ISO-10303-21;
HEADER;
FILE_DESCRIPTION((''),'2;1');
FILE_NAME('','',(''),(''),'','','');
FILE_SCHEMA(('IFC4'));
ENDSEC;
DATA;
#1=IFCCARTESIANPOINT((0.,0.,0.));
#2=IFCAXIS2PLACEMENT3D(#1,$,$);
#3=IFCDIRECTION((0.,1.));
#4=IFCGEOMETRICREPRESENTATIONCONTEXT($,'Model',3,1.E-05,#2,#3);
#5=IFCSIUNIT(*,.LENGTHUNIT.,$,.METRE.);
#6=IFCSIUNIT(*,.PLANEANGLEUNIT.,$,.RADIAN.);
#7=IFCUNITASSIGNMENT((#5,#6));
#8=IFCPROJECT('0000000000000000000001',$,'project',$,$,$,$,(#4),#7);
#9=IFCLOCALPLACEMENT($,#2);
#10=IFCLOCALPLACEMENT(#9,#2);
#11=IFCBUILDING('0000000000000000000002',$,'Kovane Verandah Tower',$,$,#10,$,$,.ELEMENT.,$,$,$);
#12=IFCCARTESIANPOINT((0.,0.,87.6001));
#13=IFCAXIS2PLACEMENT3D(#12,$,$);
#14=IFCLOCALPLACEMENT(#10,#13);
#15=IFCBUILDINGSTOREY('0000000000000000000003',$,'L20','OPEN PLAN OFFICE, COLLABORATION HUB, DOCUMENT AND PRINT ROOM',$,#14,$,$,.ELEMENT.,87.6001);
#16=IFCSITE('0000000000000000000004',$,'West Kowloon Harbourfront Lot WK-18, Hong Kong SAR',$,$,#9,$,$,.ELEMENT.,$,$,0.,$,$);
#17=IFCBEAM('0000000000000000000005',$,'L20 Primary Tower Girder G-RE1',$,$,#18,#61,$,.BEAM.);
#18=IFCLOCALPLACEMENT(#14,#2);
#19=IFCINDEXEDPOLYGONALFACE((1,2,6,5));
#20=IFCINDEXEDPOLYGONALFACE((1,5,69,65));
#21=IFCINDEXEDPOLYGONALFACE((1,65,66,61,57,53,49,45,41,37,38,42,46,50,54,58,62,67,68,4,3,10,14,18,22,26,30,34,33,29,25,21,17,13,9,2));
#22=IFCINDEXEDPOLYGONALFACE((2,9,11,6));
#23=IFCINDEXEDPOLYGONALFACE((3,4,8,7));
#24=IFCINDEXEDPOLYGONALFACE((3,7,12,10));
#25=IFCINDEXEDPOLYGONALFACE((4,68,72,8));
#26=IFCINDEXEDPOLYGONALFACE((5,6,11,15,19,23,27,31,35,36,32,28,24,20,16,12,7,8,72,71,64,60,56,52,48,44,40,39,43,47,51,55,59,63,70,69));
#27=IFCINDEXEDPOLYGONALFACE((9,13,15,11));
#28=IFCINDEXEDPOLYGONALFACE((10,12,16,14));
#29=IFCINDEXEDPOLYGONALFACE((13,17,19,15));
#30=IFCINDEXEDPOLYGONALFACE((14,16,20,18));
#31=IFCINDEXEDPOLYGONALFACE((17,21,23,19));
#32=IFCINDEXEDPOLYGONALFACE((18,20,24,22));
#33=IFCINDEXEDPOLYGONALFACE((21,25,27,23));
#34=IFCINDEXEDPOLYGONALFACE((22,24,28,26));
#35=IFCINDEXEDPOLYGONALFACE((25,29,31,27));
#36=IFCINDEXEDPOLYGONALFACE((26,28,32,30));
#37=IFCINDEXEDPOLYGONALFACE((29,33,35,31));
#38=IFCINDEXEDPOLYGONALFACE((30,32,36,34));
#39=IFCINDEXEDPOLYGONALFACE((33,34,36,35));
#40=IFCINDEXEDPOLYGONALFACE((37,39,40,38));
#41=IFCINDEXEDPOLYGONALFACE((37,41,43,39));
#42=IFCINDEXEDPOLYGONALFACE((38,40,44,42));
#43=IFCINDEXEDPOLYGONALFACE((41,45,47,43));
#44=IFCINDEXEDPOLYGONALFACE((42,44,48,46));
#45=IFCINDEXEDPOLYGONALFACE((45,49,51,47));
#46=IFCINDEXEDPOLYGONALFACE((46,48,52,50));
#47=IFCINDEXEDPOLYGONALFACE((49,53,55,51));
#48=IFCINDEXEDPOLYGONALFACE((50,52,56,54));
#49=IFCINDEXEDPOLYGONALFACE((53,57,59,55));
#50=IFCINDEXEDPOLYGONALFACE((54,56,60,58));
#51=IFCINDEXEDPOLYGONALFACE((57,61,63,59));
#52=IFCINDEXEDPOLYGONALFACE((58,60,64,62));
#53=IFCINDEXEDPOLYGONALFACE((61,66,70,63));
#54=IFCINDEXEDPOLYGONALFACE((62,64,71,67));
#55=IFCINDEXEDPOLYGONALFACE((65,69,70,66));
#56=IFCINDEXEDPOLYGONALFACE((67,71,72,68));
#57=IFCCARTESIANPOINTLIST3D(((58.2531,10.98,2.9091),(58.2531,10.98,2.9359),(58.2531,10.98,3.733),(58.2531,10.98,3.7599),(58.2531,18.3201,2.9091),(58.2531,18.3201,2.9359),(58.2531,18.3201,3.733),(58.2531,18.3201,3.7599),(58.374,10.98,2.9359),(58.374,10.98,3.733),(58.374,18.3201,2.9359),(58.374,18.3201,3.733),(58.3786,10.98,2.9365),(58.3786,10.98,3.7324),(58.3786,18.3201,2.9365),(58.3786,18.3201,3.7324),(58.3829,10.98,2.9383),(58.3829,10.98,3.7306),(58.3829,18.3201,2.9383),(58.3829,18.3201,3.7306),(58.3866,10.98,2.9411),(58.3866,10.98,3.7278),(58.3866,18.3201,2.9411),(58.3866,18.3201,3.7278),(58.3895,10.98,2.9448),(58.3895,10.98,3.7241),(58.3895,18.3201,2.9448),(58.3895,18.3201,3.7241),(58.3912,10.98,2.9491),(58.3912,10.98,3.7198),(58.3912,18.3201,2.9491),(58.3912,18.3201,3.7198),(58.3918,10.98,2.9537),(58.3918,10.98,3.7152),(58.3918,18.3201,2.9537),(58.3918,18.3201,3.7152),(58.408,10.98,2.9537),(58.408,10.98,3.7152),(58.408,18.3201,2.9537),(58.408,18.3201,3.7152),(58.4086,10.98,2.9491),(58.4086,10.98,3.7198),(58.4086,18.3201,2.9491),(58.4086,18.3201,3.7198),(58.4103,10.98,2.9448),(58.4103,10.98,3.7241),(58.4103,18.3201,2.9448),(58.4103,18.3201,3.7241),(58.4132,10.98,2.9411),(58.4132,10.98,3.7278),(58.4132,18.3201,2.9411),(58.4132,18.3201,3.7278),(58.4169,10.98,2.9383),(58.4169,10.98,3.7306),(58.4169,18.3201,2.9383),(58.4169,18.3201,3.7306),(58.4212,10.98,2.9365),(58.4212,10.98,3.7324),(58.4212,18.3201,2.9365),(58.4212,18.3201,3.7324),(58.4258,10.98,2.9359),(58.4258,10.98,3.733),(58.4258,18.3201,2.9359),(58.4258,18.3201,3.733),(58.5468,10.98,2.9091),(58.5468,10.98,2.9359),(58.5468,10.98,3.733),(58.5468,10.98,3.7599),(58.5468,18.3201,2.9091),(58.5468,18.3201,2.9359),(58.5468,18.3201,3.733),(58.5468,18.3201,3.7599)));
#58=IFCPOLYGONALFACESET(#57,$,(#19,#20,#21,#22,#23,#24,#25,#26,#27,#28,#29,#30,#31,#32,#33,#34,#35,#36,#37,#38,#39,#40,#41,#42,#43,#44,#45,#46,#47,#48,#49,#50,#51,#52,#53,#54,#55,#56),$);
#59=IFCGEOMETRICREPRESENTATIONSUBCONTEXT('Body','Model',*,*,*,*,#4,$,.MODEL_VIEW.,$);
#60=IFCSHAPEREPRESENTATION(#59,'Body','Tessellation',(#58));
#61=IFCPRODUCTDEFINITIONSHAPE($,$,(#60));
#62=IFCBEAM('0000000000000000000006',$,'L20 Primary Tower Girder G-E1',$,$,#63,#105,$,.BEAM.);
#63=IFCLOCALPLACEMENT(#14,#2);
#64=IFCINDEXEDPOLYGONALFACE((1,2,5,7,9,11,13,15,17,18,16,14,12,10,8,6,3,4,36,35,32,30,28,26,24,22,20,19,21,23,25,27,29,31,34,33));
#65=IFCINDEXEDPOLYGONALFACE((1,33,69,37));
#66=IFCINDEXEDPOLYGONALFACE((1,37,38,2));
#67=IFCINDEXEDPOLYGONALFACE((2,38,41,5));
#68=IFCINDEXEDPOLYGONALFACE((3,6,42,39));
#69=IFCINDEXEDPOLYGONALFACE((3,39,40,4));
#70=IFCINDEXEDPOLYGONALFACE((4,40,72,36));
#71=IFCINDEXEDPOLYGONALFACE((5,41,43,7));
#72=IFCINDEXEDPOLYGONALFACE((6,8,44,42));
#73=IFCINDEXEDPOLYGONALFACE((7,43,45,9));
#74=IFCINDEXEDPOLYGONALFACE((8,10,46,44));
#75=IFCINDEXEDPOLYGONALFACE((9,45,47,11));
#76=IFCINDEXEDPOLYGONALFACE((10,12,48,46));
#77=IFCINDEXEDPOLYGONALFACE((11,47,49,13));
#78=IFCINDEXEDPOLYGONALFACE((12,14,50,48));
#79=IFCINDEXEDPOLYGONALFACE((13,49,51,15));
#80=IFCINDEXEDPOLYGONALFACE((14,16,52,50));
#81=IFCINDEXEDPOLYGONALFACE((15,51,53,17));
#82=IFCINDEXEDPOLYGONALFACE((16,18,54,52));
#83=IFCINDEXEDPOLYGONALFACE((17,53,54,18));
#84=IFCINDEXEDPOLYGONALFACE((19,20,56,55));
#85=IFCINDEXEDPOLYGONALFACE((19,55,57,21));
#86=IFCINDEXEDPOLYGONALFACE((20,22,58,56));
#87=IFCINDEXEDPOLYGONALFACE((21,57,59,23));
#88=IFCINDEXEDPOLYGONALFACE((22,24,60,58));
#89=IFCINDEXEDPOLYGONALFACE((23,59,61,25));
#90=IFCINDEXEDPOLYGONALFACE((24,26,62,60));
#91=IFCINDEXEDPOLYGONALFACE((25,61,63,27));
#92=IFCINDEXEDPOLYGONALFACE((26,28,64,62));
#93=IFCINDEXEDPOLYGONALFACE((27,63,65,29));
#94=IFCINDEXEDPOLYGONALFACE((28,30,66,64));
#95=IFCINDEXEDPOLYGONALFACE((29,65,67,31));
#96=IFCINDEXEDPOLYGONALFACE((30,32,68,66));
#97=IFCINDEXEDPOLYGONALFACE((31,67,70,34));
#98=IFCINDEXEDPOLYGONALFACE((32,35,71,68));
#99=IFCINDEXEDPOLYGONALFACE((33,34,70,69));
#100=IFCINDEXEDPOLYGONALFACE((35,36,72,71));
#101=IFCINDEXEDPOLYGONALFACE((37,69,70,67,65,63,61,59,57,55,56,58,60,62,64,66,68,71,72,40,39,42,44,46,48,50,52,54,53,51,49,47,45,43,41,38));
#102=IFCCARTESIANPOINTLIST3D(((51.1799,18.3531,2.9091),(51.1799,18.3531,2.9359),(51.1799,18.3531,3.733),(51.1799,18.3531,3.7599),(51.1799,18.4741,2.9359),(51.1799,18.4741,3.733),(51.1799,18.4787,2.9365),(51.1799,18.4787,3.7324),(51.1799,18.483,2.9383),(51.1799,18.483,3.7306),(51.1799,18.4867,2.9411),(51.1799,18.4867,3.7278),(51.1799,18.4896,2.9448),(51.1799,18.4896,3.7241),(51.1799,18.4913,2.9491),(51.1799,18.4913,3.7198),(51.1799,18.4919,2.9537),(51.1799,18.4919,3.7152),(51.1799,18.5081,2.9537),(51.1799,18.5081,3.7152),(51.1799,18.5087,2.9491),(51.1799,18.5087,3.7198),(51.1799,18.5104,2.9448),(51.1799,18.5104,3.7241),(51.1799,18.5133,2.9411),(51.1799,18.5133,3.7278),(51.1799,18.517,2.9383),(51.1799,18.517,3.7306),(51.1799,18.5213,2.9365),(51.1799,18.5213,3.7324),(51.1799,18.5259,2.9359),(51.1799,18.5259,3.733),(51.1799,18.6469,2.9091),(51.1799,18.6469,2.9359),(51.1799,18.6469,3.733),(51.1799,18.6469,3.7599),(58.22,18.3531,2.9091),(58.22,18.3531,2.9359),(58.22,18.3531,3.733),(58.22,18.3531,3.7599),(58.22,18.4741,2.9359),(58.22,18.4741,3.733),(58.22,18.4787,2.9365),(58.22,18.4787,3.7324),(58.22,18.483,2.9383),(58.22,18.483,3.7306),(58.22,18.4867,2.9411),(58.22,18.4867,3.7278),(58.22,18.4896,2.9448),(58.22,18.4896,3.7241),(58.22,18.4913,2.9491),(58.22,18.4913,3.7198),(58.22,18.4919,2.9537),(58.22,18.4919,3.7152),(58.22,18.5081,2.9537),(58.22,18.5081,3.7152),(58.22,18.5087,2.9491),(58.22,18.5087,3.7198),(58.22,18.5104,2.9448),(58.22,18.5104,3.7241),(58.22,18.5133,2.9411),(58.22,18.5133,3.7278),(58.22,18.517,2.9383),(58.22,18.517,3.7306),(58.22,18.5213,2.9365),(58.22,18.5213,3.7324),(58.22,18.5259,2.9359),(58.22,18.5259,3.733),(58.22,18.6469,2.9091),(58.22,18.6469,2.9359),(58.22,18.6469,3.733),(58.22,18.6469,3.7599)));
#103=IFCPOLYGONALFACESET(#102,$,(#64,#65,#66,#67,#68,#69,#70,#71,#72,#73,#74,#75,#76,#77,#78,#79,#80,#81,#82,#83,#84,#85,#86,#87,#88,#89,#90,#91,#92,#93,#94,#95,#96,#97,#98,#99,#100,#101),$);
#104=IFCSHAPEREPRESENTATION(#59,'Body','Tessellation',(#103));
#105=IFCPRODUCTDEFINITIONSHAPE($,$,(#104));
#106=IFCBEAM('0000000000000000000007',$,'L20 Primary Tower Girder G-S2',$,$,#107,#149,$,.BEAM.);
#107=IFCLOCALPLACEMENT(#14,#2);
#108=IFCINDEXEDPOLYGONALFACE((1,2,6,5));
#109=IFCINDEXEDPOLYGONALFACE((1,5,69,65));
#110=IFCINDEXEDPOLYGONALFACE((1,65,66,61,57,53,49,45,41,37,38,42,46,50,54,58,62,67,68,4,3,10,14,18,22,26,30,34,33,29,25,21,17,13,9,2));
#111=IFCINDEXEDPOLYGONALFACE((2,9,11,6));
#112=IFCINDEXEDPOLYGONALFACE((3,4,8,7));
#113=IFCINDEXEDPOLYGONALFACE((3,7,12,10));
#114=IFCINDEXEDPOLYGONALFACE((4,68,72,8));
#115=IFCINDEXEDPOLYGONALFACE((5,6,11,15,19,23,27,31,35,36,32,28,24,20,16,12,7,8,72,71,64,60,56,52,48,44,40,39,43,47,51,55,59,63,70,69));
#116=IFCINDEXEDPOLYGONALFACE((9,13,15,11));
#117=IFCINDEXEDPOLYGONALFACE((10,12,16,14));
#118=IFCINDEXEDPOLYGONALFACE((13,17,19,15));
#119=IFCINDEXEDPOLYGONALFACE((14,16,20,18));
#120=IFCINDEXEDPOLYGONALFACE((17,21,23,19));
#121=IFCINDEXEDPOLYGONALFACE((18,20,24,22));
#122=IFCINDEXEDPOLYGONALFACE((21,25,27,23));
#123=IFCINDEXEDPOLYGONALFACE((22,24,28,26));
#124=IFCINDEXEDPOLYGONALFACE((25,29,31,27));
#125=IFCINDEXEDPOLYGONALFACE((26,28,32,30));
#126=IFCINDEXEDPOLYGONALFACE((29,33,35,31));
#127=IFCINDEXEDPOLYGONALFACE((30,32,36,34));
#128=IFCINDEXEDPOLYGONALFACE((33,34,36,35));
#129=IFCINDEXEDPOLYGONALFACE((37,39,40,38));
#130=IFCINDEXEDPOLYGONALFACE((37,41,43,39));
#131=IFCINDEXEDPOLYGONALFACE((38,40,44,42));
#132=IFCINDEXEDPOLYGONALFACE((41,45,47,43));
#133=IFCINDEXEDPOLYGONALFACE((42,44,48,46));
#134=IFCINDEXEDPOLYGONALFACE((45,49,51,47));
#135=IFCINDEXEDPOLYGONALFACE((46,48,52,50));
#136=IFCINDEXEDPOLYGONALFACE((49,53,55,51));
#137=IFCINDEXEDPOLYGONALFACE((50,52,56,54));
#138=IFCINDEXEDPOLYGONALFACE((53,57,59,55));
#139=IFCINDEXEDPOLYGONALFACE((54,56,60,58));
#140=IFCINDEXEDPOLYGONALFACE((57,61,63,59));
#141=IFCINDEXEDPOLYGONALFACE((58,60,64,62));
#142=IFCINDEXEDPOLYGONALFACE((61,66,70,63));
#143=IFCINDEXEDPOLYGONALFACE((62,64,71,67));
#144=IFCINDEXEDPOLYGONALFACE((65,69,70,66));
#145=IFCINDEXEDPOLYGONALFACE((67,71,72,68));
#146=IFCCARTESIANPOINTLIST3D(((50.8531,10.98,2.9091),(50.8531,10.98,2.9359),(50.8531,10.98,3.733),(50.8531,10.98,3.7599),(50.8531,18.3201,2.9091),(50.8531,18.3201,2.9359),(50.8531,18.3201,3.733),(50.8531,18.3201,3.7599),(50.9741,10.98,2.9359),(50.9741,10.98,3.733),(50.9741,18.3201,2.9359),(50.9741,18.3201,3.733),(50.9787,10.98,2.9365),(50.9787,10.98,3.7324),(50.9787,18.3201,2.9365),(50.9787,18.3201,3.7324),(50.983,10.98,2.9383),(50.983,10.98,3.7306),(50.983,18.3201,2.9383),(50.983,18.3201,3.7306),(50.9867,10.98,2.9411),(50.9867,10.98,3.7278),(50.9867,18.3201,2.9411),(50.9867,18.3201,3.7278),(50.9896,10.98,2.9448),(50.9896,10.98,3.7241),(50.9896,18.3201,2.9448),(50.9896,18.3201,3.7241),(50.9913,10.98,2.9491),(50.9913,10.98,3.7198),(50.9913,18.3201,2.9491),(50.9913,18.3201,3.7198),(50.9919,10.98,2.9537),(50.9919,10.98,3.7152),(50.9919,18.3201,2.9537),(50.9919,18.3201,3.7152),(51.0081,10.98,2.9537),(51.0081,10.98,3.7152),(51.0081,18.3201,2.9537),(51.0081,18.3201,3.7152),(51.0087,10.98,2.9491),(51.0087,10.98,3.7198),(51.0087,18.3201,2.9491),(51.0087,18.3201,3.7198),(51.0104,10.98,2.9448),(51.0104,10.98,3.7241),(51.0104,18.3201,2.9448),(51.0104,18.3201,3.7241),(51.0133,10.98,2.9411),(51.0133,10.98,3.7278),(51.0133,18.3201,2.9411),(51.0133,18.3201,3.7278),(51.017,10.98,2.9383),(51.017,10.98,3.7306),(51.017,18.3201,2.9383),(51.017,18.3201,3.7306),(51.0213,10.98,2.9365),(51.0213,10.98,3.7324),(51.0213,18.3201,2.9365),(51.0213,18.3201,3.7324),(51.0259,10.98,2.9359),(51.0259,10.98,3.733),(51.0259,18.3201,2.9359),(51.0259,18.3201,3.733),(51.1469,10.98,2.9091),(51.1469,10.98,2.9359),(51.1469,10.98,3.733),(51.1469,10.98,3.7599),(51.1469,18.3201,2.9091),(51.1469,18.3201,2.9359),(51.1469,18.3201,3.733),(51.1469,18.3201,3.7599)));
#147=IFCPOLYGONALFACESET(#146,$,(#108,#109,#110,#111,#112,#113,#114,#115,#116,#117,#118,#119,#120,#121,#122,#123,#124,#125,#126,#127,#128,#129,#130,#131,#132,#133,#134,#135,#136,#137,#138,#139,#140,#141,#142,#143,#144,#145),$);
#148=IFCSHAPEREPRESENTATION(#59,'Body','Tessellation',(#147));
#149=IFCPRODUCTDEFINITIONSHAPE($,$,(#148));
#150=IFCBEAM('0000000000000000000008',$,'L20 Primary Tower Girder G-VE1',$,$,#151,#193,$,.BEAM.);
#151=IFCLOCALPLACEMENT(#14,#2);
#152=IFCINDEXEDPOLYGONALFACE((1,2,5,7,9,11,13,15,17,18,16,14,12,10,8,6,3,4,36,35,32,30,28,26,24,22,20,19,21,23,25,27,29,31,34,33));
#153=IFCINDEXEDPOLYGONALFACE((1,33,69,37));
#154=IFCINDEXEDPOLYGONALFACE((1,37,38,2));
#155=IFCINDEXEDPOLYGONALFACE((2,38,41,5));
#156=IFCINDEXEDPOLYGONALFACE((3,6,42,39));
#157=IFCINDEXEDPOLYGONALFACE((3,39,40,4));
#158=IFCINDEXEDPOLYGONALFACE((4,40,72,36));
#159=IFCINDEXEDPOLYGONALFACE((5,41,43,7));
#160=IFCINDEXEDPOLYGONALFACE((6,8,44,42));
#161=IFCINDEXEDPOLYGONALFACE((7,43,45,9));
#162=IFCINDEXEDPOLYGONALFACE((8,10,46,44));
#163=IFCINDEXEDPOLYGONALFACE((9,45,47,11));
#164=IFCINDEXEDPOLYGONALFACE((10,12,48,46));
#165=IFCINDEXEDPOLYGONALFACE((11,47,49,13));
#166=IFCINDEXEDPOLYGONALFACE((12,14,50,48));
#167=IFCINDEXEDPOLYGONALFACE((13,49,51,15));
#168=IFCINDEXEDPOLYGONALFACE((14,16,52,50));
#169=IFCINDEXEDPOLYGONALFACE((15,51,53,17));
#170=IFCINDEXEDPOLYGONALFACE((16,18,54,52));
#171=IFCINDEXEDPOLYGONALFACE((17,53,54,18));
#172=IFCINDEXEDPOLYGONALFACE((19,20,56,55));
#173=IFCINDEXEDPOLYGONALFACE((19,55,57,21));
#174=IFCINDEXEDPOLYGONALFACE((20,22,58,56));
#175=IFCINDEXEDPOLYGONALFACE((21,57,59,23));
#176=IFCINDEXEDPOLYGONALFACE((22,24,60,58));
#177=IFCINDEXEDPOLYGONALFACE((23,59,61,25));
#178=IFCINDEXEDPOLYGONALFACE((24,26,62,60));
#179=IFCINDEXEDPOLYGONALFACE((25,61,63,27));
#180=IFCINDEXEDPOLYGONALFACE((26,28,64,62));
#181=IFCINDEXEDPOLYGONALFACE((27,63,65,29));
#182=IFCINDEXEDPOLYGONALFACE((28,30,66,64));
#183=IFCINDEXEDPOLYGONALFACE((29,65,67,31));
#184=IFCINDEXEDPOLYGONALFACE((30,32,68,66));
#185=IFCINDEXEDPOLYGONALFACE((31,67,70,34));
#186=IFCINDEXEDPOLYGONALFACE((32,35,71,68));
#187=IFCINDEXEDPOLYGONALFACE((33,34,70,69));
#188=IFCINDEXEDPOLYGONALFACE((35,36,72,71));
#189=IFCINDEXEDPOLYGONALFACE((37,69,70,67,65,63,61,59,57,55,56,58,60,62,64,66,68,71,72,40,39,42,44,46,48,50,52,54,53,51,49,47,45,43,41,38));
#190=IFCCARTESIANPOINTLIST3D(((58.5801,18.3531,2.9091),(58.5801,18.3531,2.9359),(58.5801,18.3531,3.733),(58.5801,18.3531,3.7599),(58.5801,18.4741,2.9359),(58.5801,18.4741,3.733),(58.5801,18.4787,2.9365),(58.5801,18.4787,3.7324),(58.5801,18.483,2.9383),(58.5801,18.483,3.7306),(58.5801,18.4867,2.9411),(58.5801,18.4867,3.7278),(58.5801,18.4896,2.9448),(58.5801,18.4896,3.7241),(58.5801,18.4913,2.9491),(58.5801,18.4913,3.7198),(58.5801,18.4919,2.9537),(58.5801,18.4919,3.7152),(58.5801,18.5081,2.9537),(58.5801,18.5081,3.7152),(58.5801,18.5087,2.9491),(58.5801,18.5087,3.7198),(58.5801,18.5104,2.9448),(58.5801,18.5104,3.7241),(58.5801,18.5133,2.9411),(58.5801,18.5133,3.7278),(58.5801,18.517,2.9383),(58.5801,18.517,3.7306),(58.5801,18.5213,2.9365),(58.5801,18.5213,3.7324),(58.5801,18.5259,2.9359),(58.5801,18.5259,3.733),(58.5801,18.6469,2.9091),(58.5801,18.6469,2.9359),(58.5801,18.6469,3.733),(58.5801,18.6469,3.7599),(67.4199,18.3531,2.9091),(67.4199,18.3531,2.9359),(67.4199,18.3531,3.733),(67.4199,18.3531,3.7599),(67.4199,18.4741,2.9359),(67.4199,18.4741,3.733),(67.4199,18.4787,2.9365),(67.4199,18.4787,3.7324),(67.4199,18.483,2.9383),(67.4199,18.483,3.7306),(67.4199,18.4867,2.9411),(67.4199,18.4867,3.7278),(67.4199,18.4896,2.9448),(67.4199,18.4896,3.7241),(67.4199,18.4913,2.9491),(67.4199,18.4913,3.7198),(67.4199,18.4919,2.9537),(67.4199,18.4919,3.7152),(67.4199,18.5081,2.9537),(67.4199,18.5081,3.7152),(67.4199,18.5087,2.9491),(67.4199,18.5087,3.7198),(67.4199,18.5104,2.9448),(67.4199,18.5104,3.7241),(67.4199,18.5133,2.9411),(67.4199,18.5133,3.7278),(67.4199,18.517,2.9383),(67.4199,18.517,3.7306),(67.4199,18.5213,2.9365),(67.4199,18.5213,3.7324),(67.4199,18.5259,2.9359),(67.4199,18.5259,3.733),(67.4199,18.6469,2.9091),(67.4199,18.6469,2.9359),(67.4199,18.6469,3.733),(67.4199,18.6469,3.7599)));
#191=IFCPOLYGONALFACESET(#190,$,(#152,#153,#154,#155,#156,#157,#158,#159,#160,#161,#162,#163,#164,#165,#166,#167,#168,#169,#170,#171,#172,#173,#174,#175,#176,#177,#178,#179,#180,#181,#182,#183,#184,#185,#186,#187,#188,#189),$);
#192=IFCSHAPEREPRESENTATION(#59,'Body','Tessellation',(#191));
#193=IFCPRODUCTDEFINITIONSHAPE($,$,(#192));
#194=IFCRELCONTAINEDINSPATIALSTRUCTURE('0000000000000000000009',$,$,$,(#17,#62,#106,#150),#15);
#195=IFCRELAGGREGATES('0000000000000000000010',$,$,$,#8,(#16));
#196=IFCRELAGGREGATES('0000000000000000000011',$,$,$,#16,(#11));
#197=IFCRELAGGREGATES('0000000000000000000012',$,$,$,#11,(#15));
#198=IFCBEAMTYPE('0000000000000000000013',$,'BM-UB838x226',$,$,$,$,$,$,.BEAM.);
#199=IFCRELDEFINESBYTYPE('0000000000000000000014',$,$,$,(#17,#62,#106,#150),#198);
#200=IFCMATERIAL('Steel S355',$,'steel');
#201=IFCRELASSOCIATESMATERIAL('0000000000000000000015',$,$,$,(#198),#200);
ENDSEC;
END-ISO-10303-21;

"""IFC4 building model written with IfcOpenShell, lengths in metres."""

from ifc_helpers import new_model, si_unit, direction, frame, origin, origin_2d, place, context, subcontext, project, spatial, i_section, extrude, material, material_profile, profile_set, type_object, element, save


model = new_model("IFC4")

# Units and contexts
model_context = context("Model", 3, precision=1e-05, world=origin(), true_north=direction((0.0, 1.0)))
body_context = subcontext(model_context, "Body", "Model", "MODEL_VIEW")
ifc_project = project(units=[si_unit("LENGTHUNIT", "METRE"), si_unit("PLANEANGLEUNIT", "RADIAN")], contexts=[model_context])

# Site, building, storey
site_placement = place(None, origin())
site = spatial("IfcSite", under=ifc_project, at=site_placement, Name="West Kowloon Harbourfront Lot WK-18, Hong Kong SAR", CompositionType="ELEMENT", RefElevation=0.0)
building_placement = place(site_placement, origin())
building = spatial("IfcBuilding", under=site, at=building_placement, Name="Kovane Verandah Tower", CompositionType="ELEMENT")
storey_placement = place(building_placement, frame((0.0, 0.0, 87.6001)))
storey = spatial("IfcBuildingStorey", under=building, at=storey_placement, Name="L20", Description="OPEN PLAN OFFICE, COLLABORATION HUB, DOCUMENT AND PRINT ROOM", CompositionType="ELEMENT", Elevation=87.6001)

# Beams
ifc_material_1 = material(Name="Steel S355", Category="steel")
ifc_material_profile_1 = material_profile(ifc_material_1, i_section(OverallWidth=0.2937, OverallDepth=0.8508, WebThickness=0.0161, FlangeThickness=0.0269, FilletRadius=0.0178, at=origin_2d()), Name="UB838x292x226")
ifc_profile_set_1 = profile_set([ifc_material_profile_1], Name="Steel S355")
beam_type_1 = type_object("IfcBeamType", Name="BM-UB838x226", PredefinedType="BEAM", material=ifc_profile_set_1)
beam_1_placement = place(storey_placement, frame((58.3999, 10.98, 3.3345), z_axis=(0.0, 1.0, 0.0), x_axis=(-1.0, 0.0, 0.0)))
element("IfcBeam", 1, at=beam_1_placement, inside=storey, type_object=beam_type_1, Name="L20 Primary Tower Girder G-RE1", PredefinedType="BEAM", context=body_context, shape_type="SweptSolid", body=[
    extrude(i_section(OverallWidth=0.2937, OverallDepth=0.8508, WebThickness=0.0161, FlangeThickness=0.0269, FilletRadius=0.0178, at=origin_2d()), origin(), (0.0, 0.0, 1.0), 7.3401),
])
beam_2_placement = place(storey_placement, frame((51.1799, 18.5, 3.3345), z_axis=(1.0, 0.0, 0.0), x_axis=(0.0, 1.0, 0.0)))
element("IfcBeam", 2, at=beam_2_placement, inside=storey, type_object=beam_type_1, Name="L20 Primary Tower Girder G-E1", PredefinedType="BEAM", context=body_context, shape_type="SweptSolid", body=[
    extrude(i_section(OverallWidth=0.2937, OverallDepth=0.8508, WebThickness=0.0161, FlangeThickness=0.0269, FilletRadius=0.0178, at=origin_2d()), origin(), (0.0, 0.0, 1.0), 7.04),
])
beam_3_placement = place(storey_placement, frame((51.0, 18.3201, 3.3345), z_axis=(0.0, -1.0, 0.0), x_axis=(1.0, 0.0, 0.0)))
element("IfcBeam", 3, at=beam_3_placement, inside=storey, type_object=beam_type_1, Name="L20 Primary Tower Girder G-S2", PredefinedType="BEAM", context=body_context, shape_type="SweptSolid", body=[
    extrude(i_section(OverallWidth=0.2937, OverallDepth=0.8508, WebThickness=0.0161, FlangeThickness=0.0269, FilletRadius=0.0178, at=origin_2d()), origin(), (0.0, 0.0, 1.0), 7.3401),
])
beam_4_placement = place(storey_placement, frame((58.5801, 18.5, 3.3345), z_axis=(1.0, 0.0, 0.0), x_axis=(0.0, 1.0, 0.0)))
element("IfcBeam", 4, at=beam_4_placement, inside=storey, type_object=beam_type_1, Name="L20 Primary Tower Girder G-VE1", PredefinedType="BEAM", context=body_context, shape_type="SweptSolid", body=[
    extrude(i_section(OverallWidth=0.2937, OverallDepth=0.8508, WebThickness=0.0161, FlangeThickness=0.0269, FilletRadius=0.0178, at=origin_2d()), origin(), (0.0, 0.0, 1.0), 8.8398),
])

save(model, "model.ifc")
